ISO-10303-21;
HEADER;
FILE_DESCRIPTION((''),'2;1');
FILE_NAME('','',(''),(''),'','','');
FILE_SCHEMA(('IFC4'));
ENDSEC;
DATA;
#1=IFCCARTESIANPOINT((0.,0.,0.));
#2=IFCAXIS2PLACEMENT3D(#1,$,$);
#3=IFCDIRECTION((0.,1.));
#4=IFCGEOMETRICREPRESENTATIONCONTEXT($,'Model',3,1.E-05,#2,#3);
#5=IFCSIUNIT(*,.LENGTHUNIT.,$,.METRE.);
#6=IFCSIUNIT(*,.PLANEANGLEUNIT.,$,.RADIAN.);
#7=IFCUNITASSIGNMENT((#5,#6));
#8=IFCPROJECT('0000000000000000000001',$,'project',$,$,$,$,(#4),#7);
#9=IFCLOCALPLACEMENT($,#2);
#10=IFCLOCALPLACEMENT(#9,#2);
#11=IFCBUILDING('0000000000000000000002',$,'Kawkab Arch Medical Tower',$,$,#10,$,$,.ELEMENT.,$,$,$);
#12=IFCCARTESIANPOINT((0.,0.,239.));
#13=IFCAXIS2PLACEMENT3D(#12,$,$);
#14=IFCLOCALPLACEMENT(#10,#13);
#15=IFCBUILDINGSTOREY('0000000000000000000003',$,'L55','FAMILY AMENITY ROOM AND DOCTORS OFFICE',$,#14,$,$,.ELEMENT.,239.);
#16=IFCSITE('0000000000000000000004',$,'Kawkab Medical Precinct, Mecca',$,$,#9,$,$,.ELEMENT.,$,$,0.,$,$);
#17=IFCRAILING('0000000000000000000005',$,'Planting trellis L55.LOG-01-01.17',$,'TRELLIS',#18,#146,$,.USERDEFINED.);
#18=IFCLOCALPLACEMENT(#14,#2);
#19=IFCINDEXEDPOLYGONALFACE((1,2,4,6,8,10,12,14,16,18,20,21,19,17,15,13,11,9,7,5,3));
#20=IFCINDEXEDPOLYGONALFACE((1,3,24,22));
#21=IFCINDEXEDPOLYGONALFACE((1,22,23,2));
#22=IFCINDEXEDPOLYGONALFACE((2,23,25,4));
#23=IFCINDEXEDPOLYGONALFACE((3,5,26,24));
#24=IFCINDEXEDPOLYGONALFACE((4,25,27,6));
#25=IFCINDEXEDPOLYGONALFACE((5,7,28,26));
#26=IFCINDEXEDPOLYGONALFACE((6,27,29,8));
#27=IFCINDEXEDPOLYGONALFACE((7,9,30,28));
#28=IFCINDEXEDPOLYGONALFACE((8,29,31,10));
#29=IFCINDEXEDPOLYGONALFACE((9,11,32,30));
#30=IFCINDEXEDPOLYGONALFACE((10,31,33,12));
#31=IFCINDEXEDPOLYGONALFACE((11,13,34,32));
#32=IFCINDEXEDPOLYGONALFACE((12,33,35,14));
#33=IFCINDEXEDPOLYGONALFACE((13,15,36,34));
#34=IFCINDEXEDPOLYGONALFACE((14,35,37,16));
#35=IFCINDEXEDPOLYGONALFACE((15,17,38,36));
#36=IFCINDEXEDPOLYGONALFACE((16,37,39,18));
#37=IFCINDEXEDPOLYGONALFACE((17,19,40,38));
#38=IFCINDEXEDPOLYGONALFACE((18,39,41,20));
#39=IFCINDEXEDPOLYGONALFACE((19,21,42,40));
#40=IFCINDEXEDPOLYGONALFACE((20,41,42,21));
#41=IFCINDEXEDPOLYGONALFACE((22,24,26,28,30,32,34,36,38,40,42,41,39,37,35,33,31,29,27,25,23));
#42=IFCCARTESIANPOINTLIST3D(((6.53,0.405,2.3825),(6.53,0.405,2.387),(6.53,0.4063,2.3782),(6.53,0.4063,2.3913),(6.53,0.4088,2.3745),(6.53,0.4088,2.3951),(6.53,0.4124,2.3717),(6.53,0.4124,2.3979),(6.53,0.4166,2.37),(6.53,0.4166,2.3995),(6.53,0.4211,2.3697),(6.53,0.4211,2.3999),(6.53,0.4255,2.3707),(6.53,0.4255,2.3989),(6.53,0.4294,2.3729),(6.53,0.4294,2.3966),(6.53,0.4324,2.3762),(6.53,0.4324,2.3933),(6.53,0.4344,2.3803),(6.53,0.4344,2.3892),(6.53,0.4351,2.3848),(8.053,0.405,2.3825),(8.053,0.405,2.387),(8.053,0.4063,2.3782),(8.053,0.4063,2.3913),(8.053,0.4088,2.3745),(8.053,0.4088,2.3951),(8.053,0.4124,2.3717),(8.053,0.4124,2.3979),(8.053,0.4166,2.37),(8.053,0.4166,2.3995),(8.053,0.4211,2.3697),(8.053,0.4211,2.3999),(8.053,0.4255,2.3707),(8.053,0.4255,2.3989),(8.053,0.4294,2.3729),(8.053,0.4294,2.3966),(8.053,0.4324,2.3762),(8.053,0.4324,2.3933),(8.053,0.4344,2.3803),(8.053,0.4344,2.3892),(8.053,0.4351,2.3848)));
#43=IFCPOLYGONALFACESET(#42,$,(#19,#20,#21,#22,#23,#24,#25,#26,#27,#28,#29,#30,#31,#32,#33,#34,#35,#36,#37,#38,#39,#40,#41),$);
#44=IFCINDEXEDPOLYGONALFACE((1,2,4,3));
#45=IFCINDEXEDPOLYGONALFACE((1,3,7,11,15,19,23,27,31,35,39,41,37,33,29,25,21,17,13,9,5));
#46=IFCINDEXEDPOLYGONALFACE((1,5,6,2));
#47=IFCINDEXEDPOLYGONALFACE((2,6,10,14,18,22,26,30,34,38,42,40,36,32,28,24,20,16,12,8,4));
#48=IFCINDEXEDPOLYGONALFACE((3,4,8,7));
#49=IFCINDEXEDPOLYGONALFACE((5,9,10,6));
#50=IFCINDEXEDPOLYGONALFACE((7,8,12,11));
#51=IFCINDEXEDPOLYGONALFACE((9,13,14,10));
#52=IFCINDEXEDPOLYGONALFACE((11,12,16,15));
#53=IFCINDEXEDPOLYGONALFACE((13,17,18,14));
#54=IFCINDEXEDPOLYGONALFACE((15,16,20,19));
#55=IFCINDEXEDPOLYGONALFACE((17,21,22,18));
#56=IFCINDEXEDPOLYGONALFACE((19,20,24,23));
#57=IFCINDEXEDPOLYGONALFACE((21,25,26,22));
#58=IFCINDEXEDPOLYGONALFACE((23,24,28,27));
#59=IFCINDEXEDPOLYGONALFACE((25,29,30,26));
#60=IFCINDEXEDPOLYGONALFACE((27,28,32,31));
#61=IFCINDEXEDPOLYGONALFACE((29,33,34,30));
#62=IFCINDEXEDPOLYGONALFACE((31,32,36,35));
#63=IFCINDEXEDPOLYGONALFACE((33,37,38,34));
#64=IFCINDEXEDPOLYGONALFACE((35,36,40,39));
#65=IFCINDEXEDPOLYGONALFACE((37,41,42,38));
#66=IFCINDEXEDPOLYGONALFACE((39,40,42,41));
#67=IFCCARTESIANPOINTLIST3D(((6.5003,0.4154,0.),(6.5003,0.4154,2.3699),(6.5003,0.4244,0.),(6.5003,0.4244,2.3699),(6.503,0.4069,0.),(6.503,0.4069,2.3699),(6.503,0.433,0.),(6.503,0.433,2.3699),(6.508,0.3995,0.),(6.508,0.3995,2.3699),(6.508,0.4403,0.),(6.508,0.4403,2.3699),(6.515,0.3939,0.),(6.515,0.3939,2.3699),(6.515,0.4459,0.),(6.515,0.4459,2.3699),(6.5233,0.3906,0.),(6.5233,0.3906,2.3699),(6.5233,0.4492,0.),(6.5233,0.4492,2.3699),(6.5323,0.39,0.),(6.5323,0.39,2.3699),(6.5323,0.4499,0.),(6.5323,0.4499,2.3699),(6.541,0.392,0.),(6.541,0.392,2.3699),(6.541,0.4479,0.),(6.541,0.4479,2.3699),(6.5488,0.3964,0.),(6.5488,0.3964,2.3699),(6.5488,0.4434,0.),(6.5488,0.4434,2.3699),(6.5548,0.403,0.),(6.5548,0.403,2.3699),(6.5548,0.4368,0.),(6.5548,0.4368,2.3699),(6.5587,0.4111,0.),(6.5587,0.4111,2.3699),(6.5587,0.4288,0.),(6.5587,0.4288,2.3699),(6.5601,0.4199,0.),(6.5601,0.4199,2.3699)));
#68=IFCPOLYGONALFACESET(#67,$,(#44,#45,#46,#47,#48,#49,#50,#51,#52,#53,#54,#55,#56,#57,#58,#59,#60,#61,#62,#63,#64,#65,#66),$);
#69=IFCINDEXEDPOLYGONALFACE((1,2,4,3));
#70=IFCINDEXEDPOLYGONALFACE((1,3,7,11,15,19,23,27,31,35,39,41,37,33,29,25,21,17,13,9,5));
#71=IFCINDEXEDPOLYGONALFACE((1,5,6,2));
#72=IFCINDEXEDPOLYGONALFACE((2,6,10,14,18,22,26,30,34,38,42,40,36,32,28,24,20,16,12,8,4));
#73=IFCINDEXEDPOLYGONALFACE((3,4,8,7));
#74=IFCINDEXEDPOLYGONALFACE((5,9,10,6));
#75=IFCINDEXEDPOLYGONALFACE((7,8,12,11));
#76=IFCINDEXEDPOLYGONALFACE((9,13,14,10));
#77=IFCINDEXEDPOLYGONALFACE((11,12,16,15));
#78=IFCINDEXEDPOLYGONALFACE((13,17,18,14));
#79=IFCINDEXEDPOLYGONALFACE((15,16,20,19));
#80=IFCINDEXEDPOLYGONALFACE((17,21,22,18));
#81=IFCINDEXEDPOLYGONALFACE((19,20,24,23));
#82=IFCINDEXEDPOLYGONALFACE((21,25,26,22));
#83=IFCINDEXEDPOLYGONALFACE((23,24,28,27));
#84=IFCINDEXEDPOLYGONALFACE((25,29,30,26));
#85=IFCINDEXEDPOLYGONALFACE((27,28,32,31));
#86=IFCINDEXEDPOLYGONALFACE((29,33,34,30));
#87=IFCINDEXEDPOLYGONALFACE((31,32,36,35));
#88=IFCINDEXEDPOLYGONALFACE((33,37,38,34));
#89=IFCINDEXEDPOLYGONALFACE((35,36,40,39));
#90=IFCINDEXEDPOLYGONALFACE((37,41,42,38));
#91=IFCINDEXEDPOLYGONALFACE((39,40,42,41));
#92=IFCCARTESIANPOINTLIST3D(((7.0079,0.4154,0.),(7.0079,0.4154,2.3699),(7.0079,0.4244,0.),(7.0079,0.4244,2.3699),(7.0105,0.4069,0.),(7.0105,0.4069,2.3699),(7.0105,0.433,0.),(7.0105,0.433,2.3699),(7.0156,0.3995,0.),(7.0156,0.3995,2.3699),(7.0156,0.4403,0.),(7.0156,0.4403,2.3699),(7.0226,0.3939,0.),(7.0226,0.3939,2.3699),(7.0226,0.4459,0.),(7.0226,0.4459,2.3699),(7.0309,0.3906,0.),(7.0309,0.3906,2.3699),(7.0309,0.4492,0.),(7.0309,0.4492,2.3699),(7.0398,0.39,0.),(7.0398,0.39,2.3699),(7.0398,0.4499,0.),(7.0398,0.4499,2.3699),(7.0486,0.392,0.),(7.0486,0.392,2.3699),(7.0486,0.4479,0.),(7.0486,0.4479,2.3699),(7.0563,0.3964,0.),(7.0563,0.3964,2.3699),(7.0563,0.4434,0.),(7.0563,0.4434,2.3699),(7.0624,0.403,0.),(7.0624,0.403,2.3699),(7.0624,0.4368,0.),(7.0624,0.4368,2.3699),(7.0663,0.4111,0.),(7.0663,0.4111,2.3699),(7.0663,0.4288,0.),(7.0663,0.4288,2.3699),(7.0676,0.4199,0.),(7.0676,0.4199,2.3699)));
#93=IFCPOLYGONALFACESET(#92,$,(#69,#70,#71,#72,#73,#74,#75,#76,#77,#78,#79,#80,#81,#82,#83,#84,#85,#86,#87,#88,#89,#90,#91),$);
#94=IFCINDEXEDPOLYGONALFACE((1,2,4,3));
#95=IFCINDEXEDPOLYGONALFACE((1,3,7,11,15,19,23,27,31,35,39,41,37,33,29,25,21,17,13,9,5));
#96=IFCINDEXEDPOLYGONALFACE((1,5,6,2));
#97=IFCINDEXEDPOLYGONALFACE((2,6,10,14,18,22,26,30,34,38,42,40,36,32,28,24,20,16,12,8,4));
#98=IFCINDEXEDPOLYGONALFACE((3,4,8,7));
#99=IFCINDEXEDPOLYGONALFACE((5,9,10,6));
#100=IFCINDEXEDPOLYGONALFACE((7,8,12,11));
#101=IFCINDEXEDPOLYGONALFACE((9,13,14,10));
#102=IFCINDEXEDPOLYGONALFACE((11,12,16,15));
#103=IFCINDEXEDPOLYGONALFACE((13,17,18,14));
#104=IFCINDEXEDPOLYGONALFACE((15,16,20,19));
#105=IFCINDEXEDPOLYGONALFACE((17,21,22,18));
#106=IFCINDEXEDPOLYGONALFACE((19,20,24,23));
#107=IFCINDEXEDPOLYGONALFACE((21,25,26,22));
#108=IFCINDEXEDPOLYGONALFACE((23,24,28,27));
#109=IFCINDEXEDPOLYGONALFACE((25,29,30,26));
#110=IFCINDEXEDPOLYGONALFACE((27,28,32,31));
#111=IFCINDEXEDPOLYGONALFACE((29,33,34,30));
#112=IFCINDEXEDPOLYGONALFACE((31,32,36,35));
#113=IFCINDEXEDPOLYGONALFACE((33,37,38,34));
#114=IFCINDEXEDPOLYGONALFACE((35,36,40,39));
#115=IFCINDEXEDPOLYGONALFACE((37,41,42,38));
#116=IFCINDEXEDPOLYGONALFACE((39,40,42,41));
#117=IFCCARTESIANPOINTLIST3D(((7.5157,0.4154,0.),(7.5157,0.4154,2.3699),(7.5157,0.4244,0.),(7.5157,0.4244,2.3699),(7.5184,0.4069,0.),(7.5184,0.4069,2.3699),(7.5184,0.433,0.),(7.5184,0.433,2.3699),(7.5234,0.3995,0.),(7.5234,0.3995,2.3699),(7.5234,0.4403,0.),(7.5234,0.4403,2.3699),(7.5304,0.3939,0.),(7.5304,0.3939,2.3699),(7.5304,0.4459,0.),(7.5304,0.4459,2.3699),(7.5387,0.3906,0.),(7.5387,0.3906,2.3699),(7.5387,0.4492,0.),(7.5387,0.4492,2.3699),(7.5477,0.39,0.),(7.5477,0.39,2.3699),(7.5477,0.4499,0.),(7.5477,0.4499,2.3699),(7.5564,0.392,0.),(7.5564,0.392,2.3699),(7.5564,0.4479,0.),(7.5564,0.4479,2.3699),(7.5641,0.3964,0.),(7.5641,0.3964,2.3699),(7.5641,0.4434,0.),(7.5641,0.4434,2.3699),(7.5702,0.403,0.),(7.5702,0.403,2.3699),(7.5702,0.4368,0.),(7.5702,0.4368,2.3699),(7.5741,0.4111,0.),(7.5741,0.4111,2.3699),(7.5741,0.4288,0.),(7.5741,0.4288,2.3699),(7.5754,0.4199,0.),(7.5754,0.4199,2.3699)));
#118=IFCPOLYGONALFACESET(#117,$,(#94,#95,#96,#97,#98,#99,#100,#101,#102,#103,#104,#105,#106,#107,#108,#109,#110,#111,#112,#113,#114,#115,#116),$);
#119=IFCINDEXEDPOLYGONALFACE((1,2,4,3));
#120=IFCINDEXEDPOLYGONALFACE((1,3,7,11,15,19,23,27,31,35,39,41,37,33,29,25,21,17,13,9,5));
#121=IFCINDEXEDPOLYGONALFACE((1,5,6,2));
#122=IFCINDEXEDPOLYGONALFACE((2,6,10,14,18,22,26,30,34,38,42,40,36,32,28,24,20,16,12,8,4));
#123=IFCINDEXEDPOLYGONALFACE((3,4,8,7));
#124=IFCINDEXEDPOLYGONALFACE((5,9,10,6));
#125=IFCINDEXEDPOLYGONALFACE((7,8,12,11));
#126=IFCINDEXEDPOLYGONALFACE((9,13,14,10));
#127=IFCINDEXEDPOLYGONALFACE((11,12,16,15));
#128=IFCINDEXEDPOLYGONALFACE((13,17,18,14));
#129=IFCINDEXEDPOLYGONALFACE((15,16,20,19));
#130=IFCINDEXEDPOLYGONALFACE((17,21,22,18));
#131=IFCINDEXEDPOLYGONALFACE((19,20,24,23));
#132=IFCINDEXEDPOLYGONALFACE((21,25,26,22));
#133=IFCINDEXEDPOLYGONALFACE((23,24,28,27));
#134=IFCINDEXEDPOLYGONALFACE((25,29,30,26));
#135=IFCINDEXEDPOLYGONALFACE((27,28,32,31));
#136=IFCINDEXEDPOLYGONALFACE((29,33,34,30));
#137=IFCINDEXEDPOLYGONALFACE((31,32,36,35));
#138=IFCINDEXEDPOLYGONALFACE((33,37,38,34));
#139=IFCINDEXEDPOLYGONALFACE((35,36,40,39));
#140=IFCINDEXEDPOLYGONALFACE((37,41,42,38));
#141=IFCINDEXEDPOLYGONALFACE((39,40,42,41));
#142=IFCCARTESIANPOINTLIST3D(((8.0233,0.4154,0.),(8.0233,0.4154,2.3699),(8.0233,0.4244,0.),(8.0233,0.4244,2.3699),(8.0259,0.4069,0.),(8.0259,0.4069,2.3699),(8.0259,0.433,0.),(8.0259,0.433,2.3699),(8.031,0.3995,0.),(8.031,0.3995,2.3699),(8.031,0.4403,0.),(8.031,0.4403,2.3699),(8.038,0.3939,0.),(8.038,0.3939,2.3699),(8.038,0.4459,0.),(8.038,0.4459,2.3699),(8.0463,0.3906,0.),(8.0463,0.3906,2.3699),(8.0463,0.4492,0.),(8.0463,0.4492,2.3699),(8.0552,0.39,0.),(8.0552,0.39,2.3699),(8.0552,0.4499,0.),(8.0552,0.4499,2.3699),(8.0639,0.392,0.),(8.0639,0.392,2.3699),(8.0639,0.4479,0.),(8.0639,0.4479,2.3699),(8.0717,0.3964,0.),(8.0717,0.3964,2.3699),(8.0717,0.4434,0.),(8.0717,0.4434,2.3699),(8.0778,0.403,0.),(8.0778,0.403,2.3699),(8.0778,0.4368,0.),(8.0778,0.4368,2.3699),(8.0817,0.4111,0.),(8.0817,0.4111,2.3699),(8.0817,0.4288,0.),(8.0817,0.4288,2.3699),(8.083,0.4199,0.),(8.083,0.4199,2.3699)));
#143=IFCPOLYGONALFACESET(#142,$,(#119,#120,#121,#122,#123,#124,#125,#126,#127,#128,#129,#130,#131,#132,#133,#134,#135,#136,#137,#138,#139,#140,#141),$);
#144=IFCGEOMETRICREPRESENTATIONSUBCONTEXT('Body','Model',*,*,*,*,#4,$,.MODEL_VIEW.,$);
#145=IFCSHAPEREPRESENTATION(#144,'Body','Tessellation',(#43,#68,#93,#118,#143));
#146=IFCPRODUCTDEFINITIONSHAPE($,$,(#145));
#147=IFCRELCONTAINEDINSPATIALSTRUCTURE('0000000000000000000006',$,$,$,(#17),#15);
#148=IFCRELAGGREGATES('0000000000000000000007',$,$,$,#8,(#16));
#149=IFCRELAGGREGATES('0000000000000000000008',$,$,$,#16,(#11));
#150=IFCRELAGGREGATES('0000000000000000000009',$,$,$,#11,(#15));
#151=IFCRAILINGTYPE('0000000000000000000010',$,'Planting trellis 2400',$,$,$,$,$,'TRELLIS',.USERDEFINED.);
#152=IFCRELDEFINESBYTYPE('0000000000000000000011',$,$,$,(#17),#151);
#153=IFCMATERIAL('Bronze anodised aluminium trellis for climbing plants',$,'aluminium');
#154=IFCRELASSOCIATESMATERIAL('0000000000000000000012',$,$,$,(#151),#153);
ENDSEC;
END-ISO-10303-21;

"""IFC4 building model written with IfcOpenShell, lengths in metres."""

from ifc_helpers import new_model, si_unit, direction, frame, origin, origin_2d, place, context, subcontext, project, spatial, circle, extrude, material, type_object, element, save


model = new_model("IFC4")

# Units and contexts
model_context = context("Model", 3, precision=1e-05, world=origin(), true_north=direction((0.0, 1.0)))
body_context = subcontext(model_context, "Body", "Model", "MODEL_VIEW")
ifc_project = project(units=[si_unit("LENGTHUNIT", "METRE"), si_unit("PLANEANGLEUNIT", "RADIAN")], contexts=[model_context])

# Site, building, storey
site_placement = place(None, origin())
site = spatial("IfcSite", under=ifc_project, at=site_placement, Name="Kawkab Medical Precinct, Mecca", CompositionType="ELEMENT", RefElevation=0.0)
building_placement = place(site_placement, origin())
building = spatial("IfcBuilding", under=site, at=building_placement, Name="Kawkab Arch Medical Tower", CompositionType="ELEMENT")
storey_placement = place(building_placement, frame((0.0, 0.0, 239.0)))
storey = spatial("IfcBuildingStorey", under=building, at=storey_placement, Name="L55", Description="FAMILY AMENITY ROOM AND DOCTORS OFFICE", CompositionType="ELEMENT", Elevation=239.0)

# Railing
ifc_material_1 = material(Name="Bronze anodised aluminium trellis for climbing plants", Category="aluminium")
railing_type_1 = type_object("IfcRailingType", Name="Planting trellis 2400", ElementType="TRELLIS", PredefinedType="USERDEFINED", material=ifc_material_1)
railing_1_placement = place(storey_placement, frame((6.53, 0.4199, 0.0)))
element("IfcRailing", 1, at=railing_1_placement, inside=storey, type_object=railing_type_1, Name="Planting trellis L55.LOG-01-01.17", ObjectType="TRELLIS", PredefinedType="USERDEFINED", context=body_context, shape_type="SweptSolid", body=[
    extrude(circle(Radius=0.0151, at=origin_2d()), frame((0.0, 0.0, 2.3848), z_axis=(1.0, 0.0, 0.0), x_axis=(0.0, 1.0, 0.0)), (0.0, 0.0, 1.0), 1.5229),
    extrude(circle(Radius=0.03, at=origin_2d()), origin(), (0.0, 0.0, 1.0), 2.3699),
    extrude(circle(Radius=0.03, at=origin_2d()), frame((0.5076, 0.0, 0.0)), (0.0, 0.0, 1.0), 2.3699),
    extrude(circle(Radius=0.03, at=origin_2d()), frame((1.0154, 0.0, 0.0)), (0.0, 0.0, 1.0), 2.3699),
    extrude(circle(Radius=0.03, at=origin_2d()), frame((1.5229, 0.0, 0.0)), (0.0, 0.0, 1.0), 2.3699),
])

save(model, "model.ifc")
